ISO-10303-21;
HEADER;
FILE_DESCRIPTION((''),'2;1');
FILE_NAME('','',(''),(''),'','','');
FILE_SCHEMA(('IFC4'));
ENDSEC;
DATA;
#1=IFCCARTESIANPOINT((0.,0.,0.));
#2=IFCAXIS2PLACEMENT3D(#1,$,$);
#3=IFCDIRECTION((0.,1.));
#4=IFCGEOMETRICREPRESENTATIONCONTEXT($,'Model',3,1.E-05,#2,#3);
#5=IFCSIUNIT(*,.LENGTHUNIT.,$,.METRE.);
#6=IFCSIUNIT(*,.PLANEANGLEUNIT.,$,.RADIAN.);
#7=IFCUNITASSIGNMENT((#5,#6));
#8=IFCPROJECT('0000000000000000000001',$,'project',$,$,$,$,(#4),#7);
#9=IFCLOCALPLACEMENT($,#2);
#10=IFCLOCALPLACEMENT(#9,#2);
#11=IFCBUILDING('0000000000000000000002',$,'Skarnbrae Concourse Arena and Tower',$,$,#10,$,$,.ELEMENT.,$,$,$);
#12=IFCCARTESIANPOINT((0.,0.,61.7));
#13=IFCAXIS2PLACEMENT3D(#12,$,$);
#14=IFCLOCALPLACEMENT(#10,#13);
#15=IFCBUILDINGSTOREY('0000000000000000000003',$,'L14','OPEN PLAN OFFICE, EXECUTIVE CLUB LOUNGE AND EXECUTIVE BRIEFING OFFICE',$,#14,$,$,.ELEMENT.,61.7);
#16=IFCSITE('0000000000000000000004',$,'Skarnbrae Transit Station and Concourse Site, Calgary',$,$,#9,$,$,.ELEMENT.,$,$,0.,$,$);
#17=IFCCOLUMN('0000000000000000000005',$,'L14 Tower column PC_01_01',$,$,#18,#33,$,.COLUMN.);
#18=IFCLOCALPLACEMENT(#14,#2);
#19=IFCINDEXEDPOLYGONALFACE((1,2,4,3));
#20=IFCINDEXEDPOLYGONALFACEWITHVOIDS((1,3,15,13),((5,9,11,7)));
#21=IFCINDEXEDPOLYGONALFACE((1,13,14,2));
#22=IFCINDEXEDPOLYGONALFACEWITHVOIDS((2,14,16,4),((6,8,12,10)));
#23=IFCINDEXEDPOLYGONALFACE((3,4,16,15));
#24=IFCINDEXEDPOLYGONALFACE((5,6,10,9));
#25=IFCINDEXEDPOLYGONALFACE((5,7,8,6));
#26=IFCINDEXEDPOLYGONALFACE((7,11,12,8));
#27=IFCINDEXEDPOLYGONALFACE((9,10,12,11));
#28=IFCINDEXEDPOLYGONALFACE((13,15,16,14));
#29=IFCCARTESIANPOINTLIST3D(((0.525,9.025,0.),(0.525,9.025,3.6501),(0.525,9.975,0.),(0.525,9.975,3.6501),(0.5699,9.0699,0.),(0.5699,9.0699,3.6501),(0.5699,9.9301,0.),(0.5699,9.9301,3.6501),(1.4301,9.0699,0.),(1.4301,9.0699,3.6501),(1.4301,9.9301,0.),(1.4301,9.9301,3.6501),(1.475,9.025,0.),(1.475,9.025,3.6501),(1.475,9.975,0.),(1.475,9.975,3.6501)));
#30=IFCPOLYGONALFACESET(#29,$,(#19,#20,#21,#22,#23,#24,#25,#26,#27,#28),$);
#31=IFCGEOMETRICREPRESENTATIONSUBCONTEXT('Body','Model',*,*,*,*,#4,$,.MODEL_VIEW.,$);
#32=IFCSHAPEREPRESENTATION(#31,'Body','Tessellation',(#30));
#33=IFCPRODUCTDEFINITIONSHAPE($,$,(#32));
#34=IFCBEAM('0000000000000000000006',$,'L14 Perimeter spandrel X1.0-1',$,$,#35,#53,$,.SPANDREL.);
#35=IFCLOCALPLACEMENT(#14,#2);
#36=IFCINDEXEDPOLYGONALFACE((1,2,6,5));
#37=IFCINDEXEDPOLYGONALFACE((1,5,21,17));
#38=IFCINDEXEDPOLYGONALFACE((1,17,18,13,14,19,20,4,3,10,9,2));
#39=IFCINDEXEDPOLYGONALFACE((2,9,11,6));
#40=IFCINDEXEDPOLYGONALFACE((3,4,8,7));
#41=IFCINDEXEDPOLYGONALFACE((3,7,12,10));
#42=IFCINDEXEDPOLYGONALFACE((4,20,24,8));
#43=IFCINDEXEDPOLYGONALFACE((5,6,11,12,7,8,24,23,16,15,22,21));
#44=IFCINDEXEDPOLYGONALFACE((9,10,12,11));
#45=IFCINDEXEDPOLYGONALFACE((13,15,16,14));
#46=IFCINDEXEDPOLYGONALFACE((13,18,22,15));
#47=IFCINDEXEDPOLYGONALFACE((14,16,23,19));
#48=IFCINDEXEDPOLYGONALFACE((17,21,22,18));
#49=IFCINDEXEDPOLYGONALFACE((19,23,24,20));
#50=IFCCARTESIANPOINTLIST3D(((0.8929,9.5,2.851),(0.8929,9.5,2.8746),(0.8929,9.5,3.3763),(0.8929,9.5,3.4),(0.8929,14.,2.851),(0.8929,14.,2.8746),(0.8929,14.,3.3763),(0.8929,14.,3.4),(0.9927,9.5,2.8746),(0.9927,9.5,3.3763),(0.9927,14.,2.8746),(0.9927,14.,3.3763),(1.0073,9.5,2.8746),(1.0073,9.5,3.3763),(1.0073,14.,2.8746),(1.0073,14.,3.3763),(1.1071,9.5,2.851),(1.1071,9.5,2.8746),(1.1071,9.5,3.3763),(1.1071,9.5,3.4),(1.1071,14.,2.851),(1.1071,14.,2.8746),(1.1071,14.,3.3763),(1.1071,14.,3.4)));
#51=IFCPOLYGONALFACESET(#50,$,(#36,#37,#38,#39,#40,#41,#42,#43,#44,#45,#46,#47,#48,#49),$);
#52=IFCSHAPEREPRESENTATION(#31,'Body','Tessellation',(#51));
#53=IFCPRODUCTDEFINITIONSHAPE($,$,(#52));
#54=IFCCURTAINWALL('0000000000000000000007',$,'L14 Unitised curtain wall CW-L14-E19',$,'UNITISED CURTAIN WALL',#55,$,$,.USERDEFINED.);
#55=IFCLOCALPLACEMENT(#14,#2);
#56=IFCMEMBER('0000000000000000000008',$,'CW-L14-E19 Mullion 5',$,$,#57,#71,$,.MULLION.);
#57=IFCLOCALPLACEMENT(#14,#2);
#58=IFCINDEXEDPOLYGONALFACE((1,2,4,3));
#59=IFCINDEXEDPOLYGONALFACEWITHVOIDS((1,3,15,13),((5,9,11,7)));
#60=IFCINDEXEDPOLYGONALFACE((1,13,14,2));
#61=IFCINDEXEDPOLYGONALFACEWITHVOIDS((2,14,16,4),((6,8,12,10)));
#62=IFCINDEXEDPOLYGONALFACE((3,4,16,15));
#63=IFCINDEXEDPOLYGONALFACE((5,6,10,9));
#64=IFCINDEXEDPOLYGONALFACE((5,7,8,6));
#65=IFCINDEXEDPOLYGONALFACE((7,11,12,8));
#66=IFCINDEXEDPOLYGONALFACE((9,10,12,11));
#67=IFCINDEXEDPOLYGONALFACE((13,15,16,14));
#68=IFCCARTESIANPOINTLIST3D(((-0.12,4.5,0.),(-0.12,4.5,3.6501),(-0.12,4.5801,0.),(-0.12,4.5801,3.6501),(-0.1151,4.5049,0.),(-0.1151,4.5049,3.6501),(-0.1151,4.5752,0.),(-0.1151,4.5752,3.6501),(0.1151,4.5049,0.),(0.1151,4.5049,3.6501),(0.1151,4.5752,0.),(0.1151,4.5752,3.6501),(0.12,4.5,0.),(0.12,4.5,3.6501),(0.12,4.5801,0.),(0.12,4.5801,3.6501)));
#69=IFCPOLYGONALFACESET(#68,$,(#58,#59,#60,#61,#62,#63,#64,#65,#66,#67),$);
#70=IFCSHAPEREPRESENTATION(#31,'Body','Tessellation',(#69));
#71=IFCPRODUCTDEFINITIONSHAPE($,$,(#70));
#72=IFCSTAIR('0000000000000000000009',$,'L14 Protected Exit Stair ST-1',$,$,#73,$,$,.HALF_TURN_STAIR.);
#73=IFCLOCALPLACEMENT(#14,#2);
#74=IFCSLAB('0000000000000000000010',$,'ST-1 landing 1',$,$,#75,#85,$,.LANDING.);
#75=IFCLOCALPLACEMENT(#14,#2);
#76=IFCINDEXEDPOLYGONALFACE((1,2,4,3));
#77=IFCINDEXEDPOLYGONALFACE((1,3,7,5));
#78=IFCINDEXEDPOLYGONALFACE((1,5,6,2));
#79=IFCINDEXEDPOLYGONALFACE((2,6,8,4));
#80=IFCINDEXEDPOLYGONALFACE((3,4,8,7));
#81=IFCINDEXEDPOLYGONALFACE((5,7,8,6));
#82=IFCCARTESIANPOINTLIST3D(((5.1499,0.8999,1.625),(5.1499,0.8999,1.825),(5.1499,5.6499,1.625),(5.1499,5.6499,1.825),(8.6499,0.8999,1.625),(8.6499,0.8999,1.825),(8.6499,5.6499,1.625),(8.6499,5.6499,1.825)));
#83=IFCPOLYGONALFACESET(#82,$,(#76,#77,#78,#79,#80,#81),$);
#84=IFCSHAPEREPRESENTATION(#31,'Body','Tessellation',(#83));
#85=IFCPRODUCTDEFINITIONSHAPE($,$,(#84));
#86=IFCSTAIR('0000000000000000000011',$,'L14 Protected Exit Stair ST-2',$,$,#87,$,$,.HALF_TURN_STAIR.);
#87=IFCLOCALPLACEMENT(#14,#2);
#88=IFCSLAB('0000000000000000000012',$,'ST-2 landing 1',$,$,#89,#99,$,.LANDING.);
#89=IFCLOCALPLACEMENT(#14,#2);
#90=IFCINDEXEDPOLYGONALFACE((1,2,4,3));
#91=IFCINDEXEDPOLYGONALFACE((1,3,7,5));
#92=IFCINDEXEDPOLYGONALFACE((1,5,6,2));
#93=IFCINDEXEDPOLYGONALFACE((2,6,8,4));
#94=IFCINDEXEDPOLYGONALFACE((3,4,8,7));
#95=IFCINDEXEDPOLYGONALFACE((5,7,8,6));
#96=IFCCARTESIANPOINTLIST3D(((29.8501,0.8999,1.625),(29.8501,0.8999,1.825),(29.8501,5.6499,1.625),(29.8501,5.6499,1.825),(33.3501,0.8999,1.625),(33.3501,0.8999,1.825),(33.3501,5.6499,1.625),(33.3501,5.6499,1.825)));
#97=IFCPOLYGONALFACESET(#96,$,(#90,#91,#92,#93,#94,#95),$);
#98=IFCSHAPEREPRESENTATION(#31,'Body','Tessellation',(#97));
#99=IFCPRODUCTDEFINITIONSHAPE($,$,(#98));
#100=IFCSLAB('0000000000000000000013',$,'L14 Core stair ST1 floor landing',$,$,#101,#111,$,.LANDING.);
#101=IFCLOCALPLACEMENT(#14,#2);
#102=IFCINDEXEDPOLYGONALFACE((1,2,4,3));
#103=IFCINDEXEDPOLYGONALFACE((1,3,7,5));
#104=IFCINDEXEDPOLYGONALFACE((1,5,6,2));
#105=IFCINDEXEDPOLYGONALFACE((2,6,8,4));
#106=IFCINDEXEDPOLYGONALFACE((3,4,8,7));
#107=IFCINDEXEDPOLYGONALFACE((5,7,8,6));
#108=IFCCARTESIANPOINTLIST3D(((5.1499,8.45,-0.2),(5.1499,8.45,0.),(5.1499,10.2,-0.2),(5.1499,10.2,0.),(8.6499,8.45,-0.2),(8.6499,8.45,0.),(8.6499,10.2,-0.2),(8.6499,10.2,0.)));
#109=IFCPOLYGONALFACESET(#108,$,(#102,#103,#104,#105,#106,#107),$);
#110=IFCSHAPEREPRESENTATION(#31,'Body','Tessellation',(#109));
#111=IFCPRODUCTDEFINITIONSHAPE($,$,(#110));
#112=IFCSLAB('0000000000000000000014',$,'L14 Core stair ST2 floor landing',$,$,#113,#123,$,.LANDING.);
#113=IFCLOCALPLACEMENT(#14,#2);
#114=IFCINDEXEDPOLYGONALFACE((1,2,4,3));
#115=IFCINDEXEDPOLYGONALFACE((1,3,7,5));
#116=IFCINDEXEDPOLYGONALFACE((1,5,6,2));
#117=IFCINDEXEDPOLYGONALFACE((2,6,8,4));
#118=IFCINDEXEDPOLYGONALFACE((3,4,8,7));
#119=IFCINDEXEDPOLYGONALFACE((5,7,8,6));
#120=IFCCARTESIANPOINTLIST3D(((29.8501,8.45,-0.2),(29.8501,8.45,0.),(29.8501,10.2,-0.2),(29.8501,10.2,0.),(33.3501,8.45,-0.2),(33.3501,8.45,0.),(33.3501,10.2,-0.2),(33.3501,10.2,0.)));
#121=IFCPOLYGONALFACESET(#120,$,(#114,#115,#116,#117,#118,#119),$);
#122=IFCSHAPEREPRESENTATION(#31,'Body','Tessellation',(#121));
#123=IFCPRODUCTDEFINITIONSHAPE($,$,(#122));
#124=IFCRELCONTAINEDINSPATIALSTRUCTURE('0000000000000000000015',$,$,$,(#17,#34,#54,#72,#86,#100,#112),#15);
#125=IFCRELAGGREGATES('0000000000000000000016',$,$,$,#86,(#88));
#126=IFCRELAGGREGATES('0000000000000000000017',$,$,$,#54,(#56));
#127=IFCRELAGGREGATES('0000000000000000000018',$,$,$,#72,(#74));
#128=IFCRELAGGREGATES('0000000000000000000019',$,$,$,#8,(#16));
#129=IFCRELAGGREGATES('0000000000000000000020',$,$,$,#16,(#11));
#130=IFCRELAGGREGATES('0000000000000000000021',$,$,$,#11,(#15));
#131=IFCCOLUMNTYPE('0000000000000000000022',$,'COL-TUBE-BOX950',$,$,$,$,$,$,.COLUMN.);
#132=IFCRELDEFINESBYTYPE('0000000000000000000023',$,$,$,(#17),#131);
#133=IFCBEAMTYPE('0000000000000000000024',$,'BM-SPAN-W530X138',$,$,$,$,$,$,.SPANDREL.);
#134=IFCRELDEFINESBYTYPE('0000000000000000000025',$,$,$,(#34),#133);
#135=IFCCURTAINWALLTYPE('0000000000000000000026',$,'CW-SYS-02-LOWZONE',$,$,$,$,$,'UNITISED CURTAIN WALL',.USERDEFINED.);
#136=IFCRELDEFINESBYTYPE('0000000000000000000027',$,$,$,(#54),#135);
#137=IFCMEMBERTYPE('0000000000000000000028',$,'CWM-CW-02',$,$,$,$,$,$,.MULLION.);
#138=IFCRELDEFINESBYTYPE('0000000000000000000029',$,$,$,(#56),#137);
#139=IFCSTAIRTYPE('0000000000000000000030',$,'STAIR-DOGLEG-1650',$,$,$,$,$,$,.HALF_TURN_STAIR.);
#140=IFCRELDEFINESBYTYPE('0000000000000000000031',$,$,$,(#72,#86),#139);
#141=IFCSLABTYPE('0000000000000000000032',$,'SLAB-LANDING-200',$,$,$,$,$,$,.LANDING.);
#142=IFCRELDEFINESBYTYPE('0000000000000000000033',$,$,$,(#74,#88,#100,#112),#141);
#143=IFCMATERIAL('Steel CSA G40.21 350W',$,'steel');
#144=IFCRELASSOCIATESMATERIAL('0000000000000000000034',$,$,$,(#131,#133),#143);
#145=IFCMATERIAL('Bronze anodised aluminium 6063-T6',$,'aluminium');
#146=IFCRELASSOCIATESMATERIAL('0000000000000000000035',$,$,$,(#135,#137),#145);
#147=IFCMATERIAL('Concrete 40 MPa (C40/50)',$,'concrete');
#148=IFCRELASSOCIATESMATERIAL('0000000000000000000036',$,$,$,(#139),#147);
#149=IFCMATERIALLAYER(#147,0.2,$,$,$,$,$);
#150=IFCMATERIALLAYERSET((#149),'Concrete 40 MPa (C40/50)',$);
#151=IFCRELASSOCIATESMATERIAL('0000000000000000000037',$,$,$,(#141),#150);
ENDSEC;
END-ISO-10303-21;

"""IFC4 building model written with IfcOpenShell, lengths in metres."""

from ifc_helpers import new_model, si_unit, direction, frame, origin, origin_2d, place, context, subcontext, project, spatial, polyline, hollow_rectangle, i_section, outline, extrude, source, transform, mapped, material, layer, layer_set, material_profile, profile_set, type_object, element, aggregate, save


model = new_model("IFC4")

# Units and contexts
model_context = context("Model", 3, precision=1e-05, world=origin(), true_north=direction((0.0, 1.0)))
body_context = subcontext(model_context, "Body", "Model", "MODEL_VIEW")
ifc_project = project(units=[si_unit("LENGTHUNIT", "METRE"), si_unit("PLANEANGLEUNIT", "RADIAN")], contexts=[model_context])

# Site, building, storey
site_placement = place(None, origin())
site = spatial("IfcSite", under=ifc_project, at=site_placement, Name="Skarnbrae Transit Station and Concourse Site, Calgary", CompositionType="ELEMENT", RefElevation=0.0)
building_placement = place(site_placement, origin())
building = spatial("IfcBuilding", under=site, at=building_placement, Name="Skarnbrae Concourse Arena and Tower", CompositionType="ELEMENT")
storey_placement = place(building_placement, frame((0.0, 0.0, 61.7)))
storey = spatial("IfcBuildingStorey", under=building, at=storey_placement, Name="L14", Description="OPEN PLAN OFFICE, EXECUTIVE CLUB LOUNGE AND EXECUTIVE BRIEFING OFFICE", CompositionType="ELEMENT", Elevation=61.7)

# Column
ifc_material_1 = material(Name="Steel CSA G40.21 350W", Category="steel")
ifc_material_profile_1 = material_profile(ifc_material_1, hollow_rectangle(XDim=0.95, YDim=0.95, WallThickness=0.0449, at=origin_2d()), Name="BOX950X950X45")
ifc_profile_set_1 = profile_set([ifc_material_profile_1], Name="Steel CSA G40.21 350W")
column_type = type_object("IfcColumnType", Name="COL-TUBE-BOX950", PredefinedType="COLUMN", material=ifc_profile_set_1)
shared_shape_1 = source(origin(), body_context, "Body", "SweptSolid", [
    extrude(hollow_rectangle(XDim=0.95, YDim=0.95, WallThickness=0.0449, at=origin_2d()), origin(), (0.0, 0.0, 1.0), 3.6501),
])
column_placement = place(storey_placement, frame((1.0, 9.5, 0.0), z_axis=(0.0, 0.0, 1.0), x_axis=(1.0, 0.0, 0.0)))
element("IfcColumn", 1, at=column_placement, inside=storey, type_object=column_type, Name="L14 Tower column PC_01_01", PredefinedType="COLUMN", context=body_context, shape_type="MappedRepresentation", body=[
    mapped(shared_shape_1, transform((0.0, 0.0, 0.0))),
])

# Beam
ifc_material_profile_2 = material_profile(ifc_material_1, i_section(OverallWidth=0.2141, OverallDepth=0.5491, WebThickness=0.0146, FlangeThickness=0.0237, at=origin_2d()), Name="W530X138")
ifc_profile_set_2 = profile_set([ifc_material_profile_2], Name="Steel CSA G40.21 350W")
beam_type = type_object("IfcBeamType", Name="BM-SPAN-W530X138", PredefinedType="SPANDREL", material=ifc_profile_set_2)
shared_shape_2 = source(origin(), body_context, "Body", "SweptSolid", [
    extrude(i_section(OverallWidth=0.2141, OverallDepth=0.5491, WebThickness=0.0146, FlangeThickness=0.0237, at=origin_2d()), origin(), (0.0, 0.0, 1.0), 4.5),
])
beam_placement = place(storey_placement, frame((1.0, 9.5, 3.1255), z_axis=(0.0, 1.0, 0.0), x_axis=(-1.0, 0.0, 0.0)))
element("IfcBeam", 2, at=beam_placement, inside=storey, type_object=beam_type, Name="L14 Perimeter spandrel X1.0-1", PredefinedType="SPANDREL", context=body_context, shape_type="MappedRepresentation", body=[
    mapped(shared_shape_2, transform((0.0, 0.0, 0.0))),
])

# Curtain wall, member
ifc_material_2 = material(Name="Bronze anodised aluminium 6063-T6", Category="aluminium")
curtain_wall_type = type_object("IfcCurtainWallType", Name="CW-SYS-02-LOWZONE", ElementType="UNITISED CURTAIN WALL", PredefinedType="USERDEFINED", material=ifc_material_2)
curtain_wall_placement = place(storey_placement, origin())
curtain_wall = element("IfcCurtainWall", 3, at=curtain_wall_placement, inside=storey, type_object=curtain_wall_type, Name="L14 Unitised curtain wall CW-L14-E19", ObjectType="UNITISED CURTAIN WALL", PredefinedType="USERDEFINED")
ifc_material_profile_3 = material_profile(ifc_material_2, hollow_rectangle(XDim=0.0801, YDim=0.24, WallThickness=0.0049, at=origin_2d()), Name="ALU-MULL-80X240")
ifc_profile_set_3 = profile_set([ifc_material_profile_3], Name="Bronze anodised aluminium 6063-T6")
member_type = type_object("IfcMemberType", Name="CWM-CW-02", PredefinedType="MULLION", material=ifc_profile_set_3)
shared_shape_3 = source(origin(), body_context, "Body", "SweptSolid", [
    extrude(hollow_rectangle(XDim=0.0801, YDim=0.24, WallThickness=0.0049, at=origin_2d()), origin(), (0.0, 0.0, 1.0), 3.6501),
])
member_placement = place(storey_placement, frame((0.0, 4.54, 0.0), z_axis=(0.0, 0.0, 1.0), x_axis=(0.0, -1.0, 0.0)))
member = element("IfcMember", 4, at=member_placement, type_object=member_type, Name="CW-L14-E19 Mullion 5", PredefinedType="MULLION", context=body_context, shape_type="MappedRepresentation", body=[
    mapped(shared_shape_3, transform((0.0, 0.0, 0.0))),
])

# Stairs, slabs
ifc_material_3 = material(Name="Concrete 40 MPa (C40/50)", Category="concrete")
stair_type = type_object("IfcStairType", Name="STAIR-DOGLEG-1650", PredefinedType="HALF_TURN_STAIR", material=ifc_material_3)
stair_1_placement = place(storey_placement, origin())
stair_1 = element("IfcStair", 5, at=stair_1_placement, inside=storey, type_object=stair_type, Name="L14 Protected Exit Stair ST-1", PredefinedType="HALF_TURN_STAIR")
ifc_layer_1 = layer(ifc_material_3, 0.2)
ifc_layer_set_1 = layer_set([ifc_layer_1], Name="Concrete 40 MPa (C40/50)")
slab_type_1 = type_object("IfcSlabType", Name="SLAB-LANDING-200", PredefinedType="LANDING", material=ifc_layer_set_1)
slab_1_placement = place(storey_placement, frame((0.0, 0.0, 1.625)))
slab_1 = element("IfcSlab", 6, at=slab_1_placement, type_object=slab_type_1, Name="ST-1 landing 1", PredefinedType="LANDING", context=body_context, shape_type="SweptSolid", body=[
    extrude(outline(polyline([(5.1499, 5.6499), (5.1499, 0.8999), (8.6499, 0.8999), (8.6499, 5.6499), (5.1499, 5.6499)])), origin(), (0.0, 0.0, 1.0), 0.2),
])
stair_2_placement = place(storey_placement, origin())
stair_2 = element("IfcStair", 7, at=stair_2_placement, inside=storey, type_object=stair_type, Name="L14 Protected Exit Stair ST-2", PredefinedType="HALF_TURN_STAIR")
slab_2_placement = place(storey_placement, frame((0.0, 0.0, 1.625)))
slab_2 = element("IfcSlab", 8, at=slab_2_placement, type_object=slab_type_1, Name="ST-2 landing 1", PredefinedType="LANDING", context=body_context, shape_type="SweptSolid", body=[
    extrude(outline(polyline([(29.8501, 5.6499), (29.8501, 0.8999), (33.3501, 0.8999), (33.3501, 5.6499), (29.8501, 5.6499)])), origin(), (0.0, 0.0, 1.0), 0.2),
])
aggregate(stair_2, [slab_2])

# Slabs
slab_3_placement = place(storey_placement, frame((0.0, 0.0, -0.2)))
element("IfcSlab", 9, at=slab_3_placement, inside=storey, type_object=slab_type_1, Name="L14 Core stair ST1 floor landing", PredefinedType="LANDING", context=body_context, shape_type="SweptSolid", body=[
    extrude(outline(polyline([(5.1499, 10.2), (5.1499, 8.45), (8.6499, 8.45), (8.6499, 10.2), (5.1499, 10.2)])), origin(), (0.0, 0.0, 1.0), 0.2),
])
slab_4_placement = place(storey_placement, frame((0.0, 0.0, -0.2)))
element("IfcSlab", 10, at=slab_4_placement, inside=storey, type_object=slab_type_1, Name="L14 Core stair ST2 floor landing", PredefinedType="LANDING", context=body_context, shape_type="SweptSolid", body=[
    extrude(outline(polyline([(29.8501, 10.2), (29.8501, 8.45), (33.3501, 8.45), (33.3501, 10.2), (29.8501, 10.2)])), origin(), (0.0, 0.0, 1.0), 0.2),
])

aggregate(curtain_wall, [member])

aggregate(stair_1, [slab_1])

save(model, "model.ifc")
